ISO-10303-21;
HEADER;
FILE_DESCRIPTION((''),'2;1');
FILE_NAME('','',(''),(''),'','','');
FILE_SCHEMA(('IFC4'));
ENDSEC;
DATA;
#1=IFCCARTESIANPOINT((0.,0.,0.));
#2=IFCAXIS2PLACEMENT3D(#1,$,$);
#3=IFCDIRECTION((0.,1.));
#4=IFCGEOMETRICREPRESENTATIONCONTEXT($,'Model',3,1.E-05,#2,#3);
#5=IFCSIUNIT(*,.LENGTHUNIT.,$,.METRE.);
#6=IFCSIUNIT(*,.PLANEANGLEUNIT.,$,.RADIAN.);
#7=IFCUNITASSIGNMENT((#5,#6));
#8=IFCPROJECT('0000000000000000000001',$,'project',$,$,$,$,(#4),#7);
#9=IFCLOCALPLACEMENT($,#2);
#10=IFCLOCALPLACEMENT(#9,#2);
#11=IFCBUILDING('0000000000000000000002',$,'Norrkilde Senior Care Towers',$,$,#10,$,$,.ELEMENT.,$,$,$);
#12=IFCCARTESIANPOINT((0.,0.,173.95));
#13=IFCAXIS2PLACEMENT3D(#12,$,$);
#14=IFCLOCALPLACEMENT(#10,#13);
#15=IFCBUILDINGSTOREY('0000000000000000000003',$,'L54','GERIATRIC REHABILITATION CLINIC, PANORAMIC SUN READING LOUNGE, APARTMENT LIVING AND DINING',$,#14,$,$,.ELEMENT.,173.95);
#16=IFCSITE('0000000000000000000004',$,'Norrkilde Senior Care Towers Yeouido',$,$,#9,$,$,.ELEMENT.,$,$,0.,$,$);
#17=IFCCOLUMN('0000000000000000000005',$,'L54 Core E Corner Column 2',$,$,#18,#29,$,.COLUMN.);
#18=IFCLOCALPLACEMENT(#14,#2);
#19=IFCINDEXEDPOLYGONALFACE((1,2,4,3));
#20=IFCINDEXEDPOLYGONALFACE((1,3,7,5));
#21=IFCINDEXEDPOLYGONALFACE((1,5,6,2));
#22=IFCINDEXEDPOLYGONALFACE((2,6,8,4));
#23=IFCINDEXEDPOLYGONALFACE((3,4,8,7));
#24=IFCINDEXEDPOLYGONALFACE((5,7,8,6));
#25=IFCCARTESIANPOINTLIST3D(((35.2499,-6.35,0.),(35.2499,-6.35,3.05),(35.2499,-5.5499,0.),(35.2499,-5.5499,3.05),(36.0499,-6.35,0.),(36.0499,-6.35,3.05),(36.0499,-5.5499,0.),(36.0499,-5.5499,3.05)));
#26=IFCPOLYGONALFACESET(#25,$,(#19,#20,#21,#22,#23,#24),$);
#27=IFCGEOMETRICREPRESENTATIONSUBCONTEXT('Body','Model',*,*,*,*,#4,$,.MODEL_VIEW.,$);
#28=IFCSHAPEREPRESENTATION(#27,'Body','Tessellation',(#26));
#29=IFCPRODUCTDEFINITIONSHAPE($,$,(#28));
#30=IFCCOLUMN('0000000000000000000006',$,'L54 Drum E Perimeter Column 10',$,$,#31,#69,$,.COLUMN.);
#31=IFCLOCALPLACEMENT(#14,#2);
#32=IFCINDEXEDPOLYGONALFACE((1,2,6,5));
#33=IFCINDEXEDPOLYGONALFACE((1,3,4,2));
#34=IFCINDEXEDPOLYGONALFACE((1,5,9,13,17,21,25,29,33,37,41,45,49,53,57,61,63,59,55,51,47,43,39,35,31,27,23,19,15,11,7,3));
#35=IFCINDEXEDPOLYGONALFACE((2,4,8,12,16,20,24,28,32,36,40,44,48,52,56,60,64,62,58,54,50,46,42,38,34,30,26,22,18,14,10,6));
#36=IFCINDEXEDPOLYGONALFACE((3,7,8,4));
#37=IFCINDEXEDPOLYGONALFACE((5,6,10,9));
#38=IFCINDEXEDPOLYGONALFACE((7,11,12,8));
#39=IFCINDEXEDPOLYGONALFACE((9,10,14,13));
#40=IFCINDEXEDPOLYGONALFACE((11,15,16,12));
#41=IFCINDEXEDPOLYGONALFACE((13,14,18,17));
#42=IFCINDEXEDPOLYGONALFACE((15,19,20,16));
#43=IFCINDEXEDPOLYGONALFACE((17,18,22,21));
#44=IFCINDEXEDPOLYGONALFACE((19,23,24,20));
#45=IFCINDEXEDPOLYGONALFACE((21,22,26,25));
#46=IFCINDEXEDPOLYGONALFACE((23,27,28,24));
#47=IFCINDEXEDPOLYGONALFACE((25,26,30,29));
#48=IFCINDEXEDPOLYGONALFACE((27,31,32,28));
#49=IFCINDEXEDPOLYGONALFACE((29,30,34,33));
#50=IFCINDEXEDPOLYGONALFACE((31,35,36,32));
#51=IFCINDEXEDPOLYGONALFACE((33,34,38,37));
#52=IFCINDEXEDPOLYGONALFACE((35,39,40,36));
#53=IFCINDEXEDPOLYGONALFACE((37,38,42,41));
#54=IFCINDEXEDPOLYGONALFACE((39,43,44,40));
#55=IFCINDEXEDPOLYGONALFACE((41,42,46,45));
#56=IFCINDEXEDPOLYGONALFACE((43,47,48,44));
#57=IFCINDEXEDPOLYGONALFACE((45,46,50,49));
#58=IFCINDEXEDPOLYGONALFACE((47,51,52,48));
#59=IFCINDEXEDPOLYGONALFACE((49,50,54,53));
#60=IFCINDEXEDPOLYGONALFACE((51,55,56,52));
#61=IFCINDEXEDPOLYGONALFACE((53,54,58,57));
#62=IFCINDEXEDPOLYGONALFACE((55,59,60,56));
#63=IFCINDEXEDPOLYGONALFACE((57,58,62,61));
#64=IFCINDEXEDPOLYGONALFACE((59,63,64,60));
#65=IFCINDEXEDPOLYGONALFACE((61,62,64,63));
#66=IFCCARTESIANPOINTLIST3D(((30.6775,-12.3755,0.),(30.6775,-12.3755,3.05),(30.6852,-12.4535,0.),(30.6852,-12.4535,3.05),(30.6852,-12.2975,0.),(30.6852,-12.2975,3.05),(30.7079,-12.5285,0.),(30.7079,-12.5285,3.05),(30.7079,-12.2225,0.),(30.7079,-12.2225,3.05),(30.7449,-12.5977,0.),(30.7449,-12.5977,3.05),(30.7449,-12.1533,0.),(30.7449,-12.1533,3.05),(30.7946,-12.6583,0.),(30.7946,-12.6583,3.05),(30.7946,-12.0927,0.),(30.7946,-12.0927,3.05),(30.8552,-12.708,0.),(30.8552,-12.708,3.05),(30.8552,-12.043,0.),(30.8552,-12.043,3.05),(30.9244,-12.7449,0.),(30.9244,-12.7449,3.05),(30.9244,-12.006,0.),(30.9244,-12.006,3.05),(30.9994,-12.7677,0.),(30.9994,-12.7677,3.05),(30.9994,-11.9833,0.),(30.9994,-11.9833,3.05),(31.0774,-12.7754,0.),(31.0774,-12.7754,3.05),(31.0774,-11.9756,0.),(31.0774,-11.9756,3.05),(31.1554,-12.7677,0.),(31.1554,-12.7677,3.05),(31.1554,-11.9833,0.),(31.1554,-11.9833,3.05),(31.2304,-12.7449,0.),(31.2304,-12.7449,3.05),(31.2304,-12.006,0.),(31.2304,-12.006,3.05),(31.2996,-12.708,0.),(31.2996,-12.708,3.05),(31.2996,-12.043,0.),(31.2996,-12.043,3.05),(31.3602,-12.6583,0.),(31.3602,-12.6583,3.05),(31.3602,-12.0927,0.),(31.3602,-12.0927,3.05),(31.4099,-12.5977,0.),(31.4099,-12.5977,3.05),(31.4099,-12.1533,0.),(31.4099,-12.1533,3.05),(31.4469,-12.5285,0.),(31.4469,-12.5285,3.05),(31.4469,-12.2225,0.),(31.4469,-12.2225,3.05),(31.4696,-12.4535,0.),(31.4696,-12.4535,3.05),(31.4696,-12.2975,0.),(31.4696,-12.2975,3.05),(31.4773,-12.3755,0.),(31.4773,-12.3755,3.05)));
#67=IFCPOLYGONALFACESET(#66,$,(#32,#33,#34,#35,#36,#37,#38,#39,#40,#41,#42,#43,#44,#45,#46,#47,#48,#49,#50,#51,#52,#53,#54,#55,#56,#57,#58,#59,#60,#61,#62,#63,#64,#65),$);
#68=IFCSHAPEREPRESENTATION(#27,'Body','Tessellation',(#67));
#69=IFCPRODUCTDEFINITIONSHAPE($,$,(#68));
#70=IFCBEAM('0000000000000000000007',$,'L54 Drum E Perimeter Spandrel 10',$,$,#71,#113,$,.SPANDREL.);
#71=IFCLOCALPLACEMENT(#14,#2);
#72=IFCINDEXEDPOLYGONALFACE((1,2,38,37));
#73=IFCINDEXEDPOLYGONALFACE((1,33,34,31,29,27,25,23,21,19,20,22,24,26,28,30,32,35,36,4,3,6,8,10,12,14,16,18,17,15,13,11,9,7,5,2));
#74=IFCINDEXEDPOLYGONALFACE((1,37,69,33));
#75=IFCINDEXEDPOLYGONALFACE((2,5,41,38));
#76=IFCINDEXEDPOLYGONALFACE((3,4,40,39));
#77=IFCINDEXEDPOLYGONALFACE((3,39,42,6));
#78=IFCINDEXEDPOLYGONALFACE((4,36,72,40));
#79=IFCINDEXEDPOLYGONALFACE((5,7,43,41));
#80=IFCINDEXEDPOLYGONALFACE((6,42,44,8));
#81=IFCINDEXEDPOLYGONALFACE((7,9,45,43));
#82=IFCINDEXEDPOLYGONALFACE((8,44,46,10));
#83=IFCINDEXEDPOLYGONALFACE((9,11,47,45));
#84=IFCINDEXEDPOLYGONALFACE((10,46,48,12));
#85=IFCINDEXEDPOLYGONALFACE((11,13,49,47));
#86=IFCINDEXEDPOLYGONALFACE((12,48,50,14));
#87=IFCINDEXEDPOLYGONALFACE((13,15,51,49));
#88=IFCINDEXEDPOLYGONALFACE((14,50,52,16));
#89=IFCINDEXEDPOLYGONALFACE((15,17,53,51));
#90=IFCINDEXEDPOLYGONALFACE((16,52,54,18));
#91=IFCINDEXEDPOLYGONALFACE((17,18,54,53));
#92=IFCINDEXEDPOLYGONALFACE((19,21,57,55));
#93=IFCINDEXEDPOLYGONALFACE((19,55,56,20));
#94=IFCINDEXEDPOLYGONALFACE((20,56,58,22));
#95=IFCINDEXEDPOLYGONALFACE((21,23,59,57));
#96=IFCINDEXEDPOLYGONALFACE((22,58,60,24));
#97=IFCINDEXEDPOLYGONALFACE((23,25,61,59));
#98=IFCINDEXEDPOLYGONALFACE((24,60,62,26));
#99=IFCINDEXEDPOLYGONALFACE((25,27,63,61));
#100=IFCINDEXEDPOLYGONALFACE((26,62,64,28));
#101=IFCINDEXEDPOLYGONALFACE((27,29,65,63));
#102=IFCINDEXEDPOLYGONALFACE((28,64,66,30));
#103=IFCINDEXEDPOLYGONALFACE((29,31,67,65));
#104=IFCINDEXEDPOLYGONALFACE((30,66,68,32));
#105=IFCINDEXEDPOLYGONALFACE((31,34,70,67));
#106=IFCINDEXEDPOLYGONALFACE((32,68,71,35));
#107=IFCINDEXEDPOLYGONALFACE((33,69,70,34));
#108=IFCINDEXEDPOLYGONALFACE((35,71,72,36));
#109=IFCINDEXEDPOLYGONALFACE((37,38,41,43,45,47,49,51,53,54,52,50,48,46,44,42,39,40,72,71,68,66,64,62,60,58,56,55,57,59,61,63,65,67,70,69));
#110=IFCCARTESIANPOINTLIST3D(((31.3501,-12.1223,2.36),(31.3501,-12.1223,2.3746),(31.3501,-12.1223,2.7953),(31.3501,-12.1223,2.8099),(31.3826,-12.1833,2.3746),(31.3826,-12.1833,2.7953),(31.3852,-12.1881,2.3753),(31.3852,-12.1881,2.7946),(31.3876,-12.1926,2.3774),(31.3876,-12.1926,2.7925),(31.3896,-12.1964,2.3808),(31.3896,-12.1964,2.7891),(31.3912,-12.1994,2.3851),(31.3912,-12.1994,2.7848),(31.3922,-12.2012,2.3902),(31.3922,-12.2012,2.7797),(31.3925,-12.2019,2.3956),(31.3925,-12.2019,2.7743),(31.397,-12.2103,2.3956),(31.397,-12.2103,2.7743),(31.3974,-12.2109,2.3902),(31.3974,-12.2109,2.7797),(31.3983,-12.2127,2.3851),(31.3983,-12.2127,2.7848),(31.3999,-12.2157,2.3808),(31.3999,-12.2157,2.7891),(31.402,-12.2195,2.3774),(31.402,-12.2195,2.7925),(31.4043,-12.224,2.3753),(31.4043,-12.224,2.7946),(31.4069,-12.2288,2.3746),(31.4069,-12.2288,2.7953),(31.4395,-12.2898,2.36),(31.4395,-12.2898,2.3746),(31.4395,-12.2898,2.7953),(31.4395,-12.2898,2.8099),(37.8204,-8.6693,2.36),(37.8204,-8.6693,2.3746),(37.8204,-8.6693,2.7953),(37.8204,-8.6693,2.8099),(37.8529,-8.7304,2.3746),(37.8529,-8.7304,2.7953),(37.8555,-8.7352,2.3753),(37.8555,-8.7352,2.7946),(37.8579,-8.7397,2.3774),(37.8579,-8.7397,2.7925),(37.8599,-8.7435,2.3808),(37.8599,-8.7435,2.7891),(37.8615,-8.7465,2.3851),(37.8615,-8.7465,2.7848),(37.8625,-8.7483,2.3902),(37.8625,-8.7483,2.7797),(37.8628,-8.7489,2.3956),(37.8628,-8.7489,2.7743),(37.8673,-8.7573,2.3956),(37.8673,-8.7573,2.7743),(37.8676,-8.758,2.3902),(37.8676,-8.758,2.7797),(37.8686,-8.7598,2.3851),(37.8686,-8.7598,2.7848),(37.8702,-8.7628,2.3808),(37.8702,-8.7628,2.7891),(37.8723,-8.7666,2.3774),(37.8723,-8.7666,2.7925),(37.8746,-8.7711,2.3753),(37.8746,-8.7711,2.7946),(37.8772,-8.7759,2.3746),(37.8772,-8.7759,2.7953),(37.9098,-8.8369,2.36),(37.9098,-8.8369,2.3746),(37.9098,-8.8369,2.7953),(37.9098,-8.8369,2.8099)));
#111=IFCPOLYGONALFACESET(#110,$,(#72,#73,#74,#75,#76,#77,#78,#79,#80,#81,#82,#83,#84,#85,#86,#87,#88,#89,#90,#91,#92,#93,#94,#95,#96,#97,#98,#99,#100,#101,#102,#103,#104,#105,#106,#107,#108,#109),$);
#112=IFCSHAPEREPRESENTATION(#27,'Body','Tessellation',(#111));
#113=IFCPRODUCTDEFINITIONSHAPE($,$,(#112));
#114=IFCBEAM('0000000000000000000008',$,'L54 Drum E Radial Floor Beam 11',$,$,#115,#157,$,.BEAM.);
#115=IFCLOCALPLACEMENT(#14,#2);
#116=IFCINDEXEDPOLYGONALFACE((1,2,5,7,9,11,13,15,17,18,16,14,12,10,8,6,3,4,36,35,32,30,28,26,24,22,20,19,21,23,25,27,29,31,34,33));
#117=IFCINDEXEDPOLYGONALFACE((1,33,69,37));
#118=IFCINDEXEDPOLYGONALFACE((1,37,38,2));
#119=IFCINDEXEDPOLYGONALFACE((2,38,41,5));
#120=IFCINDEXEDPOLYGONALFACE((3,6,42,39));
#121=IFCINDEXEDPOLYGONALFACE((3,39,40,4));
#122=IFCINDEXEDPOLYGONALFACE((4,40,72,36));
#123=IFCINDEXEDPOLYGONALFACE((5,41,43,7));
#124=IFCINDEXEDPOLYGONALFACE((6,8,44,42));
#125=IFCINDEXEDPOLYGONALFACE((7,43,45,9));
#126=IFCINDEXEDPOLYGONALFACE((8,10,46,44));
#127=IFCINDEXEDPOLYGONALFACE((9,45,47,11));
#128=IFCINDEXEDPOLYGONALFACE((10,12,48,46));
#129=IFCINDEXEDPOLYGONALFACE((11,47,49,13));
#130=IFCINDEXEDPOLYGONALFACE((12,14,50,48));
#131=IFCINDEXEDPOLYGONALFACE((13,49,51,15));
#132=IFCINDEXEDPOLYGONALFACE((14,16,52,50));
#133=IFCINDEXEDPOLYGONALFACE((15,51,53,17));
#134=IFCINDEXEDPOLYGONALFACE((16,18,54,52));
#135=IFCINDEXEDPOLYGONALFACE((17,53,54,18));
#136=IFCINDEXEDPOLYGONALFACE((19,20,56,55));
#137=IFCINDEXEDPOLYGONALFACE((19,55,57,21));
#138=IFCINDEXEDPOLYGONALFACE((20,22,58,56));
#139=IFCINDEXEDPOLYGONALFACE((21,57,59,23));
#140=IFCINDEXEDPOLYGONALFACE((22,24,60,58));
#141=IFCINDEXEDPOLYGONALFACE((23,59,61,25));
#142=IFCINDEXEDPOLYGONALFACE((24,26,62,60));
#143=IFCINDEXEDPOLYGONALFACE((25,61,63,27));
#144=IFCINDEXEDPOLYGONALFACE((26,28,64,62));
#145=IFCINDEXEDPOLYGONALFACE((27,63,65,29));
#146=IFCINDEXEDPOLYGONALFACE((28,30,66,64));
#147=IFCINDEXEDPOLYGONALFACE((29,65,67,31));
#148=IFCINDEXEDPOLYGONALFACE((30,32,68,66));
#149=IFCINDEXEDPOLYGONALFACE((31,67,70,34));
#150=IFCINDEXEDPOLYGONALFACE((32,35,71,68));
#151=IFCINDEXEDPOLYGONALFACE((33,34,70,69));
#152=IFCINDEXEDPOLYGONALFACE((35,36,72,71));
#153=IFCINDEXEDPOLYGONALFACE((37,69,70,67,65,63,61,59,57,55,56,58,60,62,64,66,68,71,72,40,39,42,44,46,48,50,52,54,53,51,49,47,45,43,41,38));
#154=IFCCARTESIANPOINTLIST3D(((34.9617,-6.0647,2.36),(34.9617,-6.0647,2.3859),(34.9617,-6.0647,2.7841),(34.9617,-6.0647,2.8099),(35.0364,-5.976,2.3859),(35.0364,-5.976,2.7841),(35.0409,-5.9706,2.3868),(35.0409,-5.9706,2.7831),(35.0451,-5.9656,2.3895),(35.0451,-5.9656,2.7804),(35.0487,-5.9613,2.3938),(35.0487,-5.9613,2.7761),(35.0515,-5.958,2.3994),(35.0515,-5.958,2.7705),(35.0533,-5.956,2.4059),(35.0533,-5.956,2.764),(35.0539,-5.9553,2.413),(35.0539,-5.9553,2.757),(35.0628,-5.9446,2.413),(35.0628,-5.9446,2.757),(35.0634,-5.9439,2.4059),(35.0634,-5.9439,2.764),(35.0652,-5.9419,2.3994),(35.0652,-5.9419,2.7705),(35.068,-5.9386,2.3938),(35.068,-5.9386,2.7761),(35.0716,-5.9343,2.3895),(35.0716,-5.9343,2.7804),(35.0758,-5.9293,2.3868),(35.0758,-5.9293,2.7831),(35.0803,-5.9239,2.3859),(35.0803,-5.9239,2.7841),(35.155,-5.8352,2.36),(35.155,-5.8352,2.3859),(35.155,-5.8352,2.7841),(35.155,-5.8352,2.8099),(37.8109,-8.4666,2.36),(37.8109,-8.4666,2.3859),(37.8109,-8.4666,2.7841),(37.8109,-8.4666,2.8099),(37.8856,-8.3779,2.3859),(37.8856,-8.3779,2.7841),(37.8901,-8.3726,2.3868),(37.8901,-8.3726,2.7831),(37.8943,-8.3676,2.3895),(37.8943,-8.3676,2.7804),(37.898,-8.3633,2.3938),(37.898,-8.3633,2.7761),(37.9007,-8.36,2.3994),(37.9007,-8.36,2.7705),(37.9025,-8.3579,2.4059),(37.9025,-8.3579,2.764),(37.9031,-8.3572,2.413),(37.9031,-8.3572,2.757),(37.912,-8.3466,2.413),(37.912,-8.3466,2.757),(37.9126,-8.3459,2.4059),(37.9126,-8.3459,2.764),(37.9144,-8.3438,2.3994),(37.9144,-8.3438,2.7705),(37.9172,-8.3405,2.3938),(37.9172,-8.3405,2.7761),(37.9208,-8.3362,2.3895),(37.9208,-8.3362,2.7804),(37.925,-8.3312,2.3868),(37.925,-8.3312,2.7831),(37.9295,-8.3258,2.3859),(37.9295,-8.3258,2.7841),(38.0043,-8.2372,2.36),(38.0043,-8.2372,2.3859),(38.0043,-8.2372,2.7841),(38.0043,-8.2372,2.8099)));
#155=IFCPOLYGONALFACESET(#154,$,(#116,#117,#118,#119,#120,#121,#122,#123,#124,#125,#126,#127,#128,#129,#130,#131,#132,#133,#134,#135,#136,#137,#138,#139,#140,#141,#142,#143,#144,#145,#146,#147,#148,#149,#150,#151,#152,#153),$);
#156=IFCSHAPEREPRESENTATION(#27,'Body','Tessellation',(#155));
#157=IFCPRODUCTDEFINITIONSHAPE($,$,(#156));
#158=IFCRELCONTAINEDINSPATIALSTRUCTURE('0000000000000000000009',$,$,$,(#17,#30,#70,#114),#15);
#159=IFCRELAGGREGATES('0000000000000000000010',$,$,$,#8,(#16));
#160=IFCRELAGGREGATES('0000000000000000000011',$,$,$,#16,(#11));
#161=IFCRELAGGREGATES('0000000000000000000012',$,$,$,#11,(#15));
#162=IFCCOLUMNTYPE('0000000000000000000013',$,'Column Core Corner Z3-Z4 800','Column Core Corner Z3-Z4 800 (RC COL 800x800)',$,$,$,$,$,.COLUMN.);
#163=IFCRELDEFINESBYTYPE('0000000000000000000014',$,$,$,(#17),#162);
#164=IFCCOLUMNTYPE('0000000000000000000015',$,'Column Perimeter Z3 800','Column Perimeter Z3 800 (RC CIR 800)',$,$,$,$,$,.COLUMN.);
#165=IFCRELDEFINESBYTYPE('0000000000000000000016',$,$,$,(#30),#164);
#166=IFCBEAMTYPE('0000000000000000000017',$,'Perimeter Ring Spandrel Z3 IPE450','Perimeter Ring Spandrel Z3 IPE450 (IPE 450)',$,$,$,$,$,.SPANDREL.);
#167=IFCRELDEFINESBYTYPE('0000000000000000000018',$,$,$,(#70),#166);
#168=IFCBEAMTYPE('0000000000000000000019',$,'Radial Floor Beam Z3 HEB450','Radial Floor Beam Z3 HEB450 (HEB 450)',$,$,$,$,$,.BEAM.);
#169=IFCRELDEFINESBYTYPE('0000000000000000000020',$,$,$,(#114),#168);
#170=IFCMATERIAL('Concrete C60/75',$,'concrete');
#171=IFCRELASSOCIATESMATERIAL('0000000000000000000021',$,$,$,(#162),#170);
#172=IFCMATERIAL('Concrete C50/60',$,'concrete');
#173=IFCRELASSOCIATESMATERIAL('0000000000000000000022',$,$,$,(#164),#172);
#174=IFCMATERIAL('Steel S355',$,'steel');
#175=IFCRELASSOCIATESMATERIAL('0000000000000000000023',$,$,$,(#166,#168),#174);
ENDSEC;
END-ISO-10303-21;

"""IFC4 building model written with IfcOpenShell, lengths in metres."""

from ifc_helpers import new_model, si_unit, direction, frame, origin, origin_2d, place, context, subcontext, project, spatial, rectangle, circle, i_section, extrude, source, transform, mapped, material, material_profile, profile_set, type_object, type_shapes, element, save


model = new_model("IFC4")

# Units and contexts
model_context = context("Model", 3, precision=1e-05, world=origin(), true_north=direction((0.0, 1.0)))
body_context = subcontext(model_context, "Body", "Model", "MODEL_VIEW")
ifc_project = project(units=[si_unit("LENGTHUNIT", "METRE"), si_unit("PLANEANGLEUNIT", "RADIAN")], contexts=[model_context])

# Site, building, storey
site_placement = place(None, origin())
site = spatial("IfcSite", under=ifc_project, at=site_placement, Name="Norrkilde Senior Care Towers Yeouido", CompositionType="ELEMENT", RefElevation=0.0)
building_placement = place(site_placement, origin())
building = spatial("IfcBuilding", under=site, at=building_placement, Name="Norrkilde Senior Care Towers", CompositionType="ELEMENT")
storey_placement = place(building_placement, frame((0.0, 0.0, 173.95)))
storey = spatial("IfcBuildingStorey", under=building, at=storey_placement, Name="L54", Description="GERIATRIC REHABILITATION CLINIC, PANORAMIC SUN READING LOUNGE, APARTMENT LIVING AND DINING", CompositionType="ELEMENT", Elevation=173.95)

# Columns
ifc_material_1 = material(Name="Concrete C60/75", Category="concrete")
ifc_material_profile_1 = material_profile(ifc_material_1, rectangle(XDim=0.8, YDim=0.8, at=origin_2d()), Name="RC COL 800x800")
ifc_profile_set_1 = profile_set([ifc_material_profile_1], Name="Concrete C60/75")
column_type_1 = type_object("IfcColumnType", Name="Column Core Corner Z3-Z4 800", Description="Column Core Corner Z3-Z4 800 (RC COL 800x800)", PredefinedType="COLUMN", material=ifc_profile_set_1)
shared_shape_1 = source(origin(), body_context, "Body", "SweptSolid", [
    extrude(rectangle(XDim=0.8, YDim=0.8, at=origin_2d()), origin(), (0.0, 0.0, 1.0), 3.05),
])
type_shapes(column_type_1, [shared_shape_1])
column_1_placement = place(storey_placement, frame((35.6499, -5.95, 0.0), z_axis=(0.0, 0.0, 1.0), x_axis=(1.0, 0.0, 0.0)))
element("IfcColumn", 1, at=column_1_placement, inside=storey, type_object=column_type_1, Name="L54 Core E Corner Column 2", PredefinedType="COLUMN", context=body_context, shape_type="MappedRepresentation", body=[
    mapped(shared_shape_1, transform((0.0, 0.0, 0.0), x_axis=(1.0, 0.0, 0.0), y_axis=(0.0, 1.0, 0.0), z_axis=(0.0, 0.0, 1.0), scale=1.0)),
])
ifc_material_2 = material(Name="Concrete C50/60", Category="concrete")
ifc_material_profile_2 = material_profile(ifc_material_2, circle(Radius=0.3999, at=origin_2d()), Name="RC CIR 800")
ifc_profile_set_2 = profile_set([ifc_material_profile_2], Name="Concrete C50/60")
column_type_2 = type_object("IfcColumnType", Name="Column Perimeter Z3 800", Description="Column Perimeter Z3 800 (RC CIR 800)", PredefinedType="COLUMN", material=ifc_profile_set_2)
shared_shape_2 = source(origin(), body_context, "Body", "SweptSolid", [
    extrude(circle(Radius=0.3999, at=origin_2d()), origin(), (0.0, 0.0, 1.0), 3.05),
])
type_shapes(column_type_2, [shared_shape_2])
column_2_placement = place(storey_placement, frame((31.0774, -12.3755, 0.0), z_axis=(0.0, 0.0, 1.0), x_axis=(1.0, 0.0, 0.0)))
element("IfcColumn", 2, at=column_2_placement, inside=storey, type_object=column_type_2, Name="L54 Drum E Perimeter Column 10", PredefinedType="COLUMN", context=body_context, shape_type="MappedRepresentation", body=[
    mapped(shared_shape_2, transform((0.0, 0.0, 0.0), x_axis=(1.0, 0.0, 0.0), y_axis=(0.0, 1.0, 0.0), z_axis=(0.0, 0.0, 1.0), scale=1.0)),
])

# Beams
ifc_material_3 = material(Name="Steel S355", Category="steel")
ifc_material_profile_3 = material_profile(ifc_material_3, i_section(OverallWidth=0.1899, OverallDepth=0.45, WebThickness=0.0095, FlangeThickness=0.0146, FilletRadius=0.021, at=origin_2d()), Name="IPE 450")
ifc_profile_set_3 = profile_set([ifc_material_profile_3], Name="Steel S355")
beam_type_1 = type_object("IfcBeamType", Name="Perimeter Ring Spandrel Z3 IPE450", Description="Perimeter Ring Spandrel Z3 IPE450 (IPE 450)", PredefinedType="SPANDREL", material=ifc_profile_set_3)
shared_shape_3 = source(origin(), body_context, "Body", "SweptSolid", [
    extrude(i_section(OverallWidth=0.1899, OverallDepth=0.45, WebThickness=0.0095, FlangeThickness=0.0146, FilletRadius=0.021, at=origin_2d()), origin(), (0.0, 0.0, 1.0), 7.334),
])
type_shapes(beam_type_1, [shared_shape_3])
beam_1_placement = place(storey_placement, frame((31.3948, -12.2061, 2.585), z_axis=(0.882234, 0.470811, 0.0), x_axis=(-0.470811, 0.882234, 0.0)))
element("IfcBeam", 3, at=beam_1_placement, inside=storey, type_object=beam_type_1, Name="L54 Drum E Perimeter Spandrel 10", PredefinedType="SPANDREL", context=body_context, shape_type="MappedRepresentation", body=[
    mapped(shared_shape_3, transform((0.0, 0.0, 0.0), x_axis=(1.0, 0.0, 0.0), y_axis=(0.0, 1.0, 0.0), z_axis=(0.0, 0.0, 1.0), scale=1.0)),
])
ifc_material_profile_4 = material_profile(ifc_material_3, i_section(OverallWidth=0.3, OverallDepth=0.45, WebThickness=0.0139, FlangeThickness=0.0259, FilletRadius=0.0271, at=origin_2d()), Name="HEB 450")
ifc_profile_set_4 = profile_set([ifc_material_profile_4], Name="Steel S355")
beam_type_2 = type_object("IfcBeamType", Name="Radial Floor Beam Z3 HEB450", Description="Radial Floor Beam Z3 HEB450 (HEB 450)", PredefinedType="BEAM", material=ifc_profile_set_4)
shared_shape_4 = source(origin(), body_context, "Body", "SweptSolid", [
    extrude(i_section(OverallWidth=0.3, OverallDepth=0.45, WebThickness=0.0139, FlangeThickness=0.0259, FilletRadius=0.0271, at=origin_2d()), origin(), (0.0, 0.0, 1.0), 3.7266),
])
beam_2_placement = place(storey_placement, frame((35.0583, -5.95, 2.585), z_axis=(0.764568, -0.644543, 0.0), x_axis=(0.644543, 0.764568, 0.0)))
element("IfcBeam", 4, at=beam_2_placement, inside=storey, type_object=beam_type_2, Name="L54 Drum E Radial Floor Beam 11", PredefinedType="BEAM", context=body_context, shape_type="MappedRepresentation", body=[
    mapped(shared_shape_4, transform((0.0, 0.0, 0.0), x_axis=(1.0, 0.0, 0.0), y_axis=(0.0, 1.0, 0.0), z_axis=(0.0, 0.0, 1.0), scale=1.0)),
])

save(model, "model.ifc")
